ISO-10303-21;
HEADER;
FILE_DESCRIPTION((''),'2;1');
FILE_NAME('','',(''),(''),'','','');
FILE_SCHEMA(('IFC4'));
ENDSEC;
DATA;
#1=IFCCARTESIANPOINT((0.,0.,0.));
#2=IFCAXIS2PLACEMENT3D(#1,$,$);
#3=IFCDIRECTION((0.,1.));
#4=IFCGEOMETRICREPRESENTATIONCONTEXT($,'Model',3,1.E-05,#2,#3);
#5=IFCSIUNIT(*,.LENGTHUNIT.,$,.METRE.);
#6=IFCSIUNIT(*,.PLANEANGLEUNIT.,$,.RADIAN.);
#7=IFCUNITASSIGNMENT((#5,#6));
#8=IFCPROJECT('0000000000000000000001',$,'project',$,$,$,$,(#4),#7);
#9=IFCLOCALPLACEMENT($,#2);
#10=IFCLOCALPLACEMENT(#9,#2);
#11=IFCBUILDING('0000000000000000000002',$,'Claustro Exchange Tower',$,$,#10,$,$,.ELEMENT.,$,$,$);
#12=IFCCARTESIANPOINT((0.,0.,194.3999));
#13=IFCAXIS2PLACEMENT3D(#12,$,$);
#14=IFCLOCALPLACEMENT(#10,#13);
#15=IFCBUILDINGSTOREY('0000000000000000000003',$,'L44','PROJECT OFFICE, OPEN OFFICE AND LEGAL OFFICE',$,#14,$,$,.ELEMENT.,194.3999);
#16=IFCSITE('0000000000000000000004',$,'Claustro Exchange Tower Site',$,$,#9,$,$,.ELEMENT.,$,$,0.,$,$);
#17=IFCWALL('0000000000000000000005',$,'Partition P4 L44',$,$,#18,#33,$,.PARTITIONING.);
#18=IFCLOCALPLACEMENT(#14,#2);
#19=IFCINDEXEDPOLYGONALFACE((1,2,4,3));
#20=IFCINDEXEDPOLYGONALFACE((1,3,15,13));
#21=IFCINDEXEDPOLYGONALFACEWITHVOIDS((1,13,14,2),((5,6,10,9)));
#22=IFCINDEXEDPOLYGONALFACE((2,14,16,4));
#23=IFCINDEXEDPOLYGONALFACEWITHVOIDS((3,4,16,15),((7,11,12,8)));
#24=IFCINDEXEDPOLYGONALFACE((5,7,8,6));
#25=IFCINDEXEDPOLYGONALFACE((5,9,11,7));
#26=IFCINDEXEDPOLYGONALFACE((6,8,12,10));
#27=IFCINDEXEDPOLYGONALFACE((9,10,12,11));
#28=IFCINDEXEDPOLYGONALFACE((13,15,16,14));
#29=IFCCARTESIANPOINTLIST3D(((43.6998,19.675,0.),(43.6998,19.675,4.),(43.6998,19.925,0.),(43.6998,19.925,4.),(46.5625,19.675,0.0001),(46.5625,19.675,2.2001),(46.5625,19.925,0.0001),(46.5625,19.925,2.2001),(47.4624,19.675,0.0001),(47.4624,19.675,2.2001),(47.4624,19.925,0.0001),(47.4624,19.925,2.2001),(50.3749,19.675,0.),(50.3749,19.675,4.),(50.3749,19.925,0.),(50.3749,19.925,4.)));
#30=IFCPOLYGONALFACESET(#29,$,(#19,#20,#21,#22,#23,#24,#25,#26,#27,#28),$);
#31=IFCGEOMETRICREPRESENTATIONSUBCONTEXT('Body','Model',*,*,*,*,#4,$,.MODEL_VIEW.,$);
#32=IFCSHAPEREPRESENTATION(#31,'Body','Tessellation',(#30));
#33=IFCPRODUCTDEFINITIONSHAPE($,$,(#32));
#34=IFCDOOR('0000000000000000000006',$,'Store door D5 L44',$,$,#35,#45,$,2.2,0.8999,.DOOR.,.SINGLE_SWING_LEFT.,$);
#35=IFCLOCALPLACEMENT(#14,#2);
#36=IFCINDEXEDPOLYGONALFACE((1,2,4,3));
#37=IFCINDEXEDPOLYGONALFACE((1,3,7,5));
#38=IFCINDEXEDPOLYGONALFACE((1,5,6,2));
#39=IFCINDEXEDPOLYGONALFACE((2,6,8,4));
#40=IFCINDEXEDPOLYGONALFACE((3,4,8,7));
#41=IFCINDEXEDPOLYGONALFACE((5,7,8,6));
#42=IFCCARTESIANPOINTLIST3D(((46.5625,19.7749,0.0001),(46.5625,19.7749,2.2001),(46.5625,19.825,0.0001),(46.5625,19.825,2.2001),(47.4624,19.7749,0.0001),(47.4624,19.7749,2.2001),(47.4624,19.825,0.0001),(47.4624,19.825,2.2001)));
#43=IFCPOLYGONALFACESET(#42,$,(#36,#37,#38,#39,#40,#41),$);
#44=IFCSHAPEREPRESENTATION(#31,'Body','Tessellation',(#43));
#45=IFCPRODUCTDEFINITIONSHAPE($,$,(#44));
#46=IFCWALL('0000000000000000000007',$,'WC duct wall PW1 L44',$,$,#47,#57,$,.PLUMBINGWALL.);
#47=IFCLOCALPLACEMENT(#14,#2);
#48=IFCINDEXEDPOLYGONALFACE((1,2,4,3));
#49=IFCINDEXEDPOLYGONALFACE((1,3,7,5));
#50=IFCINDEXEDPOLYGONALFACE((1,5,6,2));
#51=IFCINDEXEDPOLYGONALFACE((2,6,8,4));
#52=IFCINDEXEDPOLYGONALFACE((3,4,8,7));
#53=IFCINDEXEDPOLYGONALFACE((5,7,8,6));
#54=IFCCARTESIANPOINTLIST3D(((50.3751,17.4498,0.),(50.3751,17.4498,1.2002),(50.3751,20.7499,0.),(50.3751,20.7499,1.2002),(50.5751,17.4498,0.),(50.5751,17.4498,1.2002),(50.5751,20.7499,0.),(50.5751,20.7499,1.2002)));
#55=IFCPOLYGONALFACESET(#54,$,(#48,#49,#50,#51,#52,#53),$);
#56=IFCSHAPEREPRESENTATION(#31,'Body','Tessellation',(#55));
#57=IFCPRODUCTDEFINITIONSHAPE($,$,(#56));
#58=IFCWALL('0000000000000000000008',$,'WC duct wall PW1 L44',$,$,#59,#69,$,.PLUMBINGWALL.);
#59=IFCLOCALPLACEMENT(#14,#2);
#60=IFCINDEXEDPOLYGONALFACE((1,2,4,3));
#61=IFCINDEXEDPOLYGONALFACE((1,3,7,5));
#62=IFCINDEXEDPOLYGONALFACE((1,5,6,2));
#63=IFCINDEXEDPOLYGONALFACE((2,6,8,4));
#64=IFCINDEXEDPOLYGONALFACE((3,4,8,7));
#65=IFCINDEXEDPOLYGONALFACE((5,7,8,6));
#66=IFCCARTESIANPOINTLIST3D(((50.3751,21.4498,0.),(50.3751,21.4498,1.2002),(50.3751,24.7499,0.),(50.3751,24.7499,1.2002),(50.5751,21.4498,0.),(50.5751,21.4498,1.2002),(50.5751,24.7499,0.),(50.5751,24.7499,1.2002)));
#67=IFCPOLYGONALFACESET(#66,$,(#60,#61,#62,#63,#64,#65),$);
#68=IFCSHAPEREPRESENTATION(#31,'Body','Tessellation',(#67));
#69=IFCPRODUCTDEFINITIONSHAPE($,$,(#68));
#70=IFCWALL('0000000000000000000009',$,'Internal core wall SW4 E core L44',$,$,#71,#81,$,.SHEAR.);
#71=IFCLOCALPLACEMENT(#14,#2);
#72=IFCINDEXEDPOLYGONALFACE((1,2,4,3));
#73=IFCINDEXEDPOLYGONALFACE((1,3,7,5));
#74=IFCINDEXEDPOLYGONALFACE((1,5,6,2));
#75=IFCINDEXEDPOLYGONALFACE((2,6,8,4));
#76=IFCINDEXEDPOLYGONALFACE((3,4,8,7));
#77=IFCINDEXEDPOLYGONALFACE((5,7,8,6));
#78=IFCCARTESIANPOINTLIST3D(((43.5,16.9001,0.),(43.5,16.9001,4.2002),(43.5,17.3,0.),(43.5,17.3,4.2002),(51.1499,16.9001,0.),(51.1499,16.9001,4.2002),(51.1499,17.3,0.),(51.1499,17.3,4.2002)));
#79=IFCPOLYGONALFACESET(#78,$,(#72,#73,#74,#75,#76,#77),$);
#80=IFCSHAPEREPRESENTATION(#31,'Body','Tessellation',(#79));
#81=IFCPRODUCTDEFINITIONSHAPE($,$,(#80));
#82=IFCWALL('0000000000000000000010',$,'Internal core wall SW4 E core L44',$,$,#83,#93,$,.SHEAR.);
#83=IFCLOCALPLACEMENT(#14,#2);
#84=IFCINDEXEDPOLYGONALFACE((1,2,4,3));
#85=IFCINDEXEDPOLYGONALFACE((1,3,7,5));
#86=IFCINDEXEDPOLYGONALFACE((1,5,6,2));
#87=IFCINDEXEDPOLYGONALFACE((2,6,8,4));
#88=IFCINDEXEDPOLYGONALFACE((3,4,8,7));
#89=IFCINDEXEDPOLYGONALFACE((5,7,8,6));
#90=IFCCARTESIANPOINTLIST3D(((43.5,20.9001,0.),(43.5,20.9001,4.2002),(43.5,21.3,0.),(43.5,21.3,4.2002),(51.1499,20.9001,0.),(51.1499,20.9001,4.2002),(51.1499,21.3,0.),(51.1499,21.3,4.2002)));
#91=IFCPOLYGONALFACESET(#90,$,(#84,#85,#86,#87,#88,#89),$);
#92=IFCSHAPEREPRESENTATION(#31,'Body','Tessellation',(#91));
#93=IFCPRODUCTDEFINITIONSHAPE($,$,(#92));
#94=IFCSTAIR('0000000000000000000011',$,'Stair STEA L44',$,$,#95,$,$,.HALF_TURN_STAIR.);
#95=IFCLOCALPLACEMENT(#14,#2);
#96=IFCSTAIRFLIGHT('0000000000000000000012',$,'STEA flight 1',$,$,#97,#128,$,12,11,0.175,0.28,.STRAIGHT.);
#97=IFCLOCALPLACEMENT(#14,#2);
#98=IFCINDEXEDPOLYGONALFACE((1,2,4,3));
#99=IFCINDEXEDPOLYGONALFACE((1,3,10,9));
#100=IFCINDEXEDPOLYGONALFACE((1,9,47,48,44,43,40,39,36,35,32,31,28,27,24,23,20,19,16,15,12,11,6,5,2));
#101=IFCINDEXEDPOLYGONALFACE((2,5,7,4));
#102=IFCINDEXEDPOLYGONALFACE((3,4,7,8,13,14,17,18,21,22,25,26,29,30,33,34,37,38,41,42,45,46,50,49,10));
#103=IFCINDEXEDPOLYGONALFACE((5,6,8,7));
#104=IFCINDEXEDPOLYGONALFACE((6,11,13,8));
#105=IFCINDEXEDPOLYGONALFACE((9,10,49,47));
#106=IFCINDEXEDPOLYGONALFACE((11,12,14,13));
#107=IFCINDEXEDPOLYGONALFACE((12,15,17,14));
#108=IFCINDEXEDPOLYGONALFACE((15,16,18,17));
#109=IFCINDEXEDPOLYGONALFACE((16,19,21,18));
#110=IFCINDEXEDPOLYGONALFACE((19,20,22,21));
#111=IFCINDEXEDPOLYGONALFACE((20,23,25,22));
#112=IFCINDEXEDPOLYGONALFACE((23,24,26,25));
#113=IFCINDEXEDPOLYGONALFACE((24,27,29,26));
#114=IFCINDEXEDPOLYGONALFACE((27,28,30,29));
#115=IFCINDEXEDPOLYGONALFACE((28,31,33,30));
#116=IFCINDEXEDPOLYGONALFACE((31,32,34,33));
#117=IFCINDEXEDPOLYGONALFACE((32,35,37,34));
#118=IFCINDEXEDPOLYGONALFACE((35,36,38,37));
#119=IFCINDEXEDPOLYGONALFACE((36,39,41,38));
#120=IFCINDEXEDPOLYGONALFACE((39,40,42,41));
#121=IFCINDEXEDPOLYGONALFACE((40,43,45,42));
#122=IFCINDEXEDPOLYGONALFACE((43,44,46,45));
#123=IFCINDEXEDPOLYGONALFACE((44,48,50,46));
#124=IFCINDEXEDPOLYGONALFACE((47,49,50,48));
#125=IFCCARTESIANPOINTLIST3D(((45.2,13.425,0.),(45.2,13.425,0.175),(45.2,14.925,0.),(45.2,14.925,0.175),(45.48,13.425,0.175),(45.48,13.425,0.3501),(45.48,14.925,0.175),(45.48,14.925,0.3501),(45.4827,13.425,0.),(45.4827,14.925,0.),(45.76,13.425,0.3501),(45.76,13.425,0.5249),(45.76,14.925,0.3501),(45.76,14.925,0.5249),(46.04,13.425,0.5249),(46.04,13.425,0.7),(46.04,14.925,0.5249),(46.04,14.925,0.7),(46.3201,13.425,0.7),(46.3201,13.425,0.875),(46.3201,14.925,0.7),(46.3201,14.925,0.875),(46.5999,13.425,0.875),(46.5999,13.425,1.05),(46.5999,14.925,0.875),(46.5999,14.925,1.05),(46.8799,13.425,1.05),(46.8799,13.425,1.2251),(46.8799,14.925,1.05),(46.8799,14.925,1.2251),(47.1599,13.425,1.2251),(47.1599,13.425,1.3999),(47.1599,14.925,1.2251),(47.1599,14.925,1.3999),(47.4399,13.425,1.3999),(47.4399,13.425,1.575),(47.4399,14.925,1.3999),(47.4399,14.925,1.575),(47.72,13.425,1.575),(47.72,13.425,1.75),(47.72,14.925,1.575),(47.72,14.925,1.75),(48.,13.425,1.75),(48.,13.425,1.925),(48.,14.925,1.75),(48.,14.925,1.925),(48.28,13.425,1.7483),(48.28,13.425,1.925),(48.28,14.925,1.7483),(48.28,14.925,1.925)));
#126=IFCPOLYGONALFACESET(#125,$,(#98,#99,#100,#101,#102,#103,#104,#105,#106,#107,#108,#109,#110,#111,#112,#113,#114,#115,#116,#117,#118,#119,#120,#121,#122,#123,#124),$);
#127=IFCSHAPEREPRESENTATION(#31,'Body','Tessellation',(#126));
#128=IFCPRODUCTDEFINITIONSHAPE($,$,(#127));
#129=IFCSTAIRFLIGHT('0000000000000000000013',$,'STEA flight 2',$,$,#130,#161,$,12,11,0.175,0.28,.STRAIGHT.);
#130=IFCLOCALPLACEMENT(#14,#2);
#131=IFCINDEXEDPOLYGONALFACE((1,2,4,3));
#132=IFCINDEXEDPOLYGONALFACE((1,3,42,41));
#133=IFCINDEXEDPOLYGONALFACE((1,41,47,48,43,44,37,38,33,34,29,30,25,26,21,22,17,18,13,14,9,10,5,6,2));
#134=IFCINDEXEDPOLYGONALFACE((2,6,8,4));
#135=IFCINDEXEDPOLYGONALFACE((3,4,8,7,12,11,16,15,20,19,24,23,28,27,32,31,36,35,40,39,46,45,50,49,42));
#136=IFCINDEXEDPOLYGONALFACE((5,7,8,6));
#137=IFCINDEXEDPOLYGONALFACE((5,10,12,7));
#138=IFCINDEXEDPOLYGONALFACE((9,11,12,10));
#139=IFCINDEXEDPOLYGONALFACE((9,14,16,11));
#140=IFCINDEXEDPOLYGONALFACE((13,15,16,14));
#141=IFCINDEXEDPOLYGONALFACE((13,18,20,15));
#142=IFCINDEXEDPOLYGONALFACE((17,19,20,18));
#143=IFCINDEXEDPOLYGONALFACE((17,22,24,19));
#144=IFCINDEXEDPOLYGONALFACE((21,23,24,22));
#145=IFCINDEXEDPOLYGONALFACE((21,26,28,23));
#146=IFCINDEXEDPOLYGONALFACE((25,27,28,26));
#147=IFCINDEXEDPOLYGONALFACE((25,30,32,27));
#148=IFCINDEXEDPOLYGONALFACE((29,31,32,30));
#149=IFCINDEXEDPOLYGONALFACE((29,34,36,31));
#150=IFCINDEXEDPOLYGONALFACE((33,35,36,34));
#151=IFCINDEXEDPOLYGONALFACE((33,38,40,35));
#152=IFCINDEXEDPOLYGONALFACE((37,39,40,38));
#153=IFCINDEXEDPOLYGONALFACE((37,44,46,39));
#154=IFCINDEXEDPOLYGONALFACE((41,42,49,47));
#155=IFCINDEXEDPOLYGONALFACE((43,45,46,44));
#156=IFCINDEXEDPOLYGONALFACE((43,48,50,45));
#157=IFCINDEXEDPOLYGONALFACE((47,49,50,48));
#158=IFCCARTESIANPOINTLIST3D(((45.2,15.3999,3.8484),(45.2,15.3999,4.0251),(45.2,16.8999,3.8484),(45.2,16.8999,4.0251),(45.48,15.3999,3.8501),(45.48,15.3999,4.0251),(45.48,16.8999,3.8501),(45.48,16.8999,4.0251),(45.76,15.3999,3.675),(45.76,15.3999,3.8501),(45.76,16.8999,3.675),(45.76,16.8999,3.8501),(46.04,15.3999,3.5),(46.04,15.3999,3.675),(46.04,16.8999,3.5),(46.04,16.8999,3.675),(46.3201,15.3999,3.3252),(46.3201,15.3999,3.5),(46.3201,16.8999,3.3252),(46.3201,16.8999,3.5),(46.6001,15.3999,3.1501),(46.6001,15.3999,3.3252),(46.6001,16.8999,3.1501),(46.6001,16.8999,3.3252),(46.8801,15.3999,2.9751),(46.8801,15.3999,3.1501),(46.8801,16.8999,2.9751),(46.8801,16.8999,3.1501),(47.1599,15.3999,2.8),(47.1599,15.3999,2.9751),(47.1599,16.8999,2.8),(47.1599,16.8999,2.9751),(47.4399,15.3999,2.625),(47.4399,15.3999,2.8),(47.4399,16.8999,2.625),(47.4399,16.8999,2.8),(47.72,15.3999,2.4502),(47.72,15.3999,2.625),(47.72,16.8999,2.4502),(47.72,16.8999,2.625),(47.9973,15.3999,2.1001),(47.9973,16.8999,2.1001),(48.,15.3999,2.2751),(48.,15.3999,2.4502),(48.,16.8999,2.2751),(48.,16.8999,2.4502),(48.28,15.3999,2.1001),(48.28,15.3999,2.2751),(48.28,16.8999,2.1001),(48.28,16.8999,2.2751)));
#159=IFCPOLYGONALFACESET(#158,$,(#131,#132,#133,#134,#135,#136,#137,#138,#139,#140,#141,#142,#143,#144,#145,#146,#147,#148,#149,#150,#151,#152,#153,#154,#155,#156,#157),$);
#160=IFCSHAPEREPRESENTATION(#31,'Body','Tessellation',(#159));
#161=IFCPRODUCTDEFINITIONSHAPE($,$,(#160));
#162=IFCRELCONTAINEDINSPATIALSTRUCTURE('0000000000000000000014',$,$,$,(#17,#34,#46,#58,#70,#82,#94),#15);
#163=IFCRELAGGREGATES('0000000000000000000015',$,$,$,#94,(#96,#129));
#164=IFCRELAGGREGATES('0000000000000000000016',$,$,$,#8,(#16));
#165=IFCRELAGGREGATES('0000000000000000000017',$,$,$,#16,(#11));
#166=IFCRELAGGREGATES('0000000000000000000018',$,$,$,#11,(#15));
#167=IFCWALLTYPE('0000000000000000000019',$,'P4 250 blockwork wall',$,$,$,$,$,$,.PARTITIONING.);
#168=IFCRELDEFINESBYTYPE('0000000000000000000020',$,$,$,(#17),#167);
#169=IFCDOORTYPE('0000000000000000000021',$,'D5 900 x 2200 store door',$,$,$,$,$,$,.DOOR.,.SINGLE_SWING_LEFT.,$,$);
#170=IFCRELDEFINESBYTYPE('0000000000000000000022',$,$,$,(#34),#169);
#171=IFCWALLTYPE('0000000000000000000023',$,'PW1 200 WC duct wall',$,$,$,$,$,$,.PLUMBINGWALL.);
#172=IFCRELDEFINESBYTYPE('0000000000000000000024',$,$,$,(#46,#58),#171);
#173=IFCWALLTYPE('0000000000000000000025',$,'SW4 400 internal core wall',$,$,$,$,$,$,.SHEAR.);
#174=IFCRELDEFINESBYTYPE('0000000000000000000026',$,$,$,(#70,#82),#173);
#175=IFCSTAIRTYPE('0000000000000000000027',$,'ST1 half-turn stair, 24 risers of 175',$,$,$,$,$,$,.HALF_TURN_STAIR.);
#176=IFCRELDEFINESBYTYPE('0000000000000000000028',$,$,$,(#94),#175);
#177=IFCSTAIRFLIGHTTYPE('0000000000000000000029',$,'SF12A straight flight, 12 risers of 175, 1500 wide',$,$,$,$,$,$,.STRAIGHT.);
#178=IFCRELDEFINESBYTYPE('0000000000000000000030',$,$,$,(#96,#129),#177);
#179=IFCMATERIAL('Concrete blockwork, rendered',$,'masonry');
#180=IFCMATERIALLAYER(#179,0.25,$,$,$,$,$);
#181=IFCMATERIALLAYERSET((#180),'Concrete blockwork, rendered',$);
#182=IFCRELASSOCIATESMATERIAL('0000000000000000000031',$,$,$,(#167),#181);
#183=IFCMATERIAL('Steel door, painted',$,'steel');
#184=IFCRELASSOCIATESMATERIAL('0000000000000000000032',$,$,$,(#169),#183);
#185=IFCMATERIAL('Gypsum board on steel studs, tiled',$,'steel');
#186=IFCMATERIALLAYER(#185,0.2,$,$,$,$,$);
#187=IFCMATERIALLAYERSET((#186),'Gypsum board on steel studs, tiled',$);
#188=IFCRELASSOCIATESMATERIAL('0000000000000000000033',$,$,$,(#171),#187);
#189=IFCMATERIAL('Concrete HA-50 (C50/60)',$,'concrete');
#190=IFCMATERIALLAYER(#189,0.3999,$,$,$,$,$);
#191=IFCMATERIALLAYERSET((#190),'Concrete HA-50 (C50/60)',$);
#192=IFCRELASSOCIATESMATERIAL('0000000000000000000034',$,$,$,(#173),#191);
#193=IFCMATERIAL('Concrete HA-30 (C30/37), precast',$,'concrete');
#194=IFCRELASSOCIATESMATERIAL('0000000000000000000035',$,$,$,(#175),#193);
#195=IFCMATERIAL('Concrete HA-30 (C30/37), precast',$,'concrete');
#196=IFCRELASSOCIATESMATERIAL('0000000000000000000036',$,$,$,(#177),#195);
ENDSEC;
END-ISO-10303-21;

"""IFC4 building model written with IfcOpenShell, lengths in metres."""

from ifc_helpers import new_model, si_unit, direction, frame, frame_2d, origin, place, context, subcontext, project, spatial, polyline, rectangle, outline, extrude, material, layer, layer_set, type_object, element, fill, aggregate, save


model = new_model("IFC4")

# Units and contexts
model_context = context("Model", 3, precision=1e-05, world=origin(), true_north=direction((0.0, 1.0)))
body_context = subcontext(model_context, "Body", "Model", "MODEL_VIEW")
ifc_project = project(units=[si_unit("LENGTHUNIT", "METRE"), si_unit("PLANEANGLEUNIT", "RADIAN")], contexts=[model_context])

# Site, building, storey
site_placement = place(None, origin())
site = spatial("IfcSite", under=ifc_project, at=site_placement, Name="Claustro Exchange Tower Site", CompositionType="ELEMENT", RefElevation=0.0)
building_placement = place(site_placement, origin())
building = spatial("IfcBuilding", under=site, at=building_placement, Name="Claustro Exchange Tower", CompositionType="ELEMENT")
storey_placement = place(building_placement, frame((0.0, 0.0, 194.3999)))
storey = spatial("IfcBuildingStorey", under=building, at=storey_placement, Name="L44", Description="PROJECT OFFICE, OPEN OFFICE AND LEGAL OFFICE", CompositionType="ELEMENT", Elevation=194.3999)

# Wall, opening, door
ifc_material_1 = material(Name="Concrete blockwork, rendered", Category="masonry")
ifc_layer_1 = layer(ifc_material_1, 0.25)
ifc_layer_set_1 = layer_set([ifc_layer_1], Name="Concrete blockwork, rendered")
wall_type_1 = type_object("IfcWallType", Name="P4 250 blockwork wall", PredefinedType="PARTITIONING", material=ifc_layer_set_1)
wall_placement = place(storey_placement, frame((43.7, 19.8, 0.0), z_axis=(0.0, 0.0, 1.0), x_axis=(1.0, 0.0, 0.0)))
wall = element("IfcWall", 1, at=wall_placement, inside=storey, type_object=wall_type_1, Name="Partition P4 L44", PredefinedType="PARTITIONING", context=body_context, shape_type="SweptSolid", body=[
    extrude(rectangle(XDim=6.675, YDim=0.25, at=frame_2d((3.3374, 0.0))), origin(), (0.0, 0.0, 1.0), 4.0),
])
opening_placement = place(wall_placement, frame((2.8625, 0.0, 0.0)))
opening = element("IfcOpeningElement", 2, at=opening_placement, cuts=wall, PredefinedType="OPENING", context=body_context, shape_type="SweptSolid", body=[
    extrude(rectangle(XDim=0.8999, YDim=2.2, at=frame_2d((0.45, 1.1001))), frame((0.0, 0.135, 0.0), z_axis=(0.0, -1.0, 0.0), x_axis=(1.0, 0.0, 0.0)), (0.0, 0.0, 1.0), 0.27),
])
ifc_material_2 = material(Name="Steel door, painted", Category="steel")
door_type = type_object("IfcDoorType", Name="D5 900 x 2200 store door", OperationType="SINGLE_SWING_LEFT", PredefinedType="DOOR", material=ifc_material_2)
door_placement = place(opening_placement, origin())
door = element("IfcDoor", 3, at=door_placement, inside=storey, type_object=door_type, Name="Store door D5 L44", OperationType="SINGLE_SWING_LEFT", OverallHeight=2.2, OverallWidth=0.8999, PredefinedType="DOOR", context=body_context, shape_type="SweptSolid", body=[
    extrude(rectangle(XDim=0.8999, YDim=2.2, at=frame_2d((0.45, 1.1001))), frame((0.0, 0.0249, 0.0), z_axis=(0.0, -1.0, 0.0), x_axis=(1.0, 0.0, 0.0)), (0.0, 0.0, 1.0), 0.05),
])
fill(opening, door)

# Walls
ifc_material_3 = material(Name="Gypsum board on steel studs, tiled", Category="steel")
ifc_layer_2 = layer(ifc_material_3, 0.2)
ifc_layer_set_2 = layer_set([ifc_layer_2], Name="Gypsum board on steel studs, tiled")
wall_type_2 = type_object("IfcWallType", Name="PW1 200 WC duct wall", PredefinedType="PLUMBINGWALL", material=ifc_layer_set_2)
for number, where, z_axis, x_axis, name in (
    (4, (50.4751, 17.45, 0.0), (0.0, 0.0, 1.0), (0.0, 1.0, 0.0), "WC duct wall PW1 L44"),
    (5, (50.4751, 21.45, 0.0), (0.0, 0.0, 1.0), (0.0, 1.0, 0.0), "WC duct wall PW1 L44"),
):
    element("IfcWall", number, at=place(storey_placement, frame(where, z_axis=z_axis, x_axis=x_axis)), inside=storey, type_object=wall_type_2, Name=name, PredefinedType="PLUMBINGWALL", context=body_context, shape_type="SweptSolid", body=[
        extrude(rectangle(XDim=3.3, YDim=0.2, at=frame_2d((1.6499, 0.0))), origin(), (0.0, 0.0, 1.0), 1.2002),
    ])
ifc_material_4 = material(Name="Concrete HA-50 (C50/60)", Category="concrete")
ifc_layer_3 = layer(ifc_material_4, 0.3999)
ifc_layer_set_3 = layer_set([ifc_layer_3], Name="Concrete HA-50 (C50/60)")
wall_type_3 = type_object("IfcWallType", Name="SW4 400 internal core wall", PredefinedType="SHEAR", material=ifc_layer_set_3)
for number, where, z_axis, x_axis, name in (
    (6, (51.1499, 17.1001, 0.0), (0.0, 0.0, 1.0), (-1.0, 0.0, 0.0), "Internal core wall SW4 E core L44"),
    (7, (51.1499, 21.1001, 0.0), (0.0, 0.0, 1.0), (-1.0, 0.0, 0.0), "Internal core wall SW4 E core L44"),
):
    element("IfcWall", number, at=place(storey_placement, frame(where, z_axis=z_axis, x_axis=x_axis)), inside=storey, type_object=wall_type_3, Name=name, PredefinedType="SHEAR", context=body_context, shape_type="SweptSolid", body=[
        extrude(rectangle(XDim=7.6499, YDim=0.3999, at=frame_2d((3.825, 0.0))), origin(), (0.0, 0.0, 1.0), 4.2002),
    ])

# Stair, stair flights
ifc_material_5 = material(Name="Concrete HA-30 (C30/37), precast", Category="concrete")
stair_type = type_object("IfcStairType", Name="ST1 half-turn stair, 24 risers of 175", PredefinedType="HALF_TURN_STAIR", material=ifc_material_5)
stair_placement = place(storey_placement, origin())
stair = element("IfcStair", 8, at=stair_placement, inside=storey, type_object=stair_type, Name="Stair STEA L44", PredefinedType="HALF_TURN_STAIR")
ifc_material_6 = material(Name="Concrete HA-30 (C30/37), precast", Category="concrete")
stair_flight_type = type_object("IfcStairFlightType", Name="SF12A straight flight, 12 risers of 175, 1500 wide", PredefinedType="STRAIGHT", material=ifc_material_6)
stair_flight_1_placement = place(storey_placement, frame((45.2, 14.175, 0.0), z_axis=(0.0, 0.0, 1.0), x_axis=(1.0, 0.0, 0.0)))
stair_flight_1 = element("IfcStairFlight", 9, at=stair_flight_1_placement, type_object=stair_flight_type, Name="STEA flight 1", NumberOfRisers=12, NumberOfTreads=11, PredefinedType="STRAIGHT", RiserHeight=0.175, TreadLength=0.28, context=body_context, shape_type="SweptSolid", body=[
    extrude(outline(polyline([(0.0, 0.0), (0.0, 0.175), (0.28, 0.175), (0.28, 0.3501), (0.5601, 0.3501), (0.5601, 0.5249), (0.8401, 0.5249), (0.8401, 0.7), (1.1201, 0.7), (1.1201, 0.875), (1.3999, 0.875), (1.3999, 1.05), (1.6799, 1.05), (1.6799, 1.2251), (1.96, 1.2251), (1.96, 1.3999), (2.24, 1.3999), (2.24, 1.575), (2.52, 1.575), (2.52, 1.75), (2.8, 1.75), (2.8, 1.925), (3.0801, 1.925), (3.0801, 2.1001), (3.0801, 1.7483), (0.2827, 0.0), (0.0, 0.0)])), frame((0.0, 0.75, 0.0), z_axis=(0.0, -1.0, 0.0), x_axis=(1.0, 0.0, 0.0)), (0.0, 0.0, 1.0), 1.5),
])
stair_flight_2_placement = place(storey_placement, frame((48.28, 16.1499, 2.1001), z_axis=(0.0, 0.0, 1.0), x_axis=(-1.0, 0.0, 0.0)))
stair_flight_2 = element("IfcStairFlight", 10, at=stair_flight_2_placement, type_object=stair_flight_type, Name="STEA flight 2", NumberOfRisers=12, NumberOfTreads=11, PredefinedType="STRAIGHT", RiserHeight=0.175, TreadLength=0.28, context=body_context, shape_type="SweptSolid", body=[
    extrude(outline(polyline([(0.0, 0.0), (0.0, 0.175), (0.28, 0.175), (0.28, 0.3501), (0.5601, 0.3501), (0.5601, 0.5249), (0.8401, 0.5249), (0.8401, 0.7), (1.1201, 0.7), (1.1201, 0.875), (1.3999, 0.875), (1.3999, 1.05), (1.6799, 1.05), (1.6799, 1.2251), (1.96, 1.2251), (1.96, 1.3999), (2.24, 1.3999), (2.24, 1.575), (2.52, 1.575), (2.52, 1.75), (2.8, 1.75), (2.8, 1.925), (3.0801, 1.925), (3.0801, 2.1001), (3.0801, 1.7483), (0.2827, 0.0), (0.0, 0.0)])), frame((0.0, 0.75, 0.0), z_axis=(0.0, -1.0, 0.0), x_axis=(1.0, 0.0, 0.0)), (0.0, 0.0, 1.0), 1.5),
])
aggregate(stair, [stair_flight_1, stair_flight_2])

save(model, "model.ifc")
